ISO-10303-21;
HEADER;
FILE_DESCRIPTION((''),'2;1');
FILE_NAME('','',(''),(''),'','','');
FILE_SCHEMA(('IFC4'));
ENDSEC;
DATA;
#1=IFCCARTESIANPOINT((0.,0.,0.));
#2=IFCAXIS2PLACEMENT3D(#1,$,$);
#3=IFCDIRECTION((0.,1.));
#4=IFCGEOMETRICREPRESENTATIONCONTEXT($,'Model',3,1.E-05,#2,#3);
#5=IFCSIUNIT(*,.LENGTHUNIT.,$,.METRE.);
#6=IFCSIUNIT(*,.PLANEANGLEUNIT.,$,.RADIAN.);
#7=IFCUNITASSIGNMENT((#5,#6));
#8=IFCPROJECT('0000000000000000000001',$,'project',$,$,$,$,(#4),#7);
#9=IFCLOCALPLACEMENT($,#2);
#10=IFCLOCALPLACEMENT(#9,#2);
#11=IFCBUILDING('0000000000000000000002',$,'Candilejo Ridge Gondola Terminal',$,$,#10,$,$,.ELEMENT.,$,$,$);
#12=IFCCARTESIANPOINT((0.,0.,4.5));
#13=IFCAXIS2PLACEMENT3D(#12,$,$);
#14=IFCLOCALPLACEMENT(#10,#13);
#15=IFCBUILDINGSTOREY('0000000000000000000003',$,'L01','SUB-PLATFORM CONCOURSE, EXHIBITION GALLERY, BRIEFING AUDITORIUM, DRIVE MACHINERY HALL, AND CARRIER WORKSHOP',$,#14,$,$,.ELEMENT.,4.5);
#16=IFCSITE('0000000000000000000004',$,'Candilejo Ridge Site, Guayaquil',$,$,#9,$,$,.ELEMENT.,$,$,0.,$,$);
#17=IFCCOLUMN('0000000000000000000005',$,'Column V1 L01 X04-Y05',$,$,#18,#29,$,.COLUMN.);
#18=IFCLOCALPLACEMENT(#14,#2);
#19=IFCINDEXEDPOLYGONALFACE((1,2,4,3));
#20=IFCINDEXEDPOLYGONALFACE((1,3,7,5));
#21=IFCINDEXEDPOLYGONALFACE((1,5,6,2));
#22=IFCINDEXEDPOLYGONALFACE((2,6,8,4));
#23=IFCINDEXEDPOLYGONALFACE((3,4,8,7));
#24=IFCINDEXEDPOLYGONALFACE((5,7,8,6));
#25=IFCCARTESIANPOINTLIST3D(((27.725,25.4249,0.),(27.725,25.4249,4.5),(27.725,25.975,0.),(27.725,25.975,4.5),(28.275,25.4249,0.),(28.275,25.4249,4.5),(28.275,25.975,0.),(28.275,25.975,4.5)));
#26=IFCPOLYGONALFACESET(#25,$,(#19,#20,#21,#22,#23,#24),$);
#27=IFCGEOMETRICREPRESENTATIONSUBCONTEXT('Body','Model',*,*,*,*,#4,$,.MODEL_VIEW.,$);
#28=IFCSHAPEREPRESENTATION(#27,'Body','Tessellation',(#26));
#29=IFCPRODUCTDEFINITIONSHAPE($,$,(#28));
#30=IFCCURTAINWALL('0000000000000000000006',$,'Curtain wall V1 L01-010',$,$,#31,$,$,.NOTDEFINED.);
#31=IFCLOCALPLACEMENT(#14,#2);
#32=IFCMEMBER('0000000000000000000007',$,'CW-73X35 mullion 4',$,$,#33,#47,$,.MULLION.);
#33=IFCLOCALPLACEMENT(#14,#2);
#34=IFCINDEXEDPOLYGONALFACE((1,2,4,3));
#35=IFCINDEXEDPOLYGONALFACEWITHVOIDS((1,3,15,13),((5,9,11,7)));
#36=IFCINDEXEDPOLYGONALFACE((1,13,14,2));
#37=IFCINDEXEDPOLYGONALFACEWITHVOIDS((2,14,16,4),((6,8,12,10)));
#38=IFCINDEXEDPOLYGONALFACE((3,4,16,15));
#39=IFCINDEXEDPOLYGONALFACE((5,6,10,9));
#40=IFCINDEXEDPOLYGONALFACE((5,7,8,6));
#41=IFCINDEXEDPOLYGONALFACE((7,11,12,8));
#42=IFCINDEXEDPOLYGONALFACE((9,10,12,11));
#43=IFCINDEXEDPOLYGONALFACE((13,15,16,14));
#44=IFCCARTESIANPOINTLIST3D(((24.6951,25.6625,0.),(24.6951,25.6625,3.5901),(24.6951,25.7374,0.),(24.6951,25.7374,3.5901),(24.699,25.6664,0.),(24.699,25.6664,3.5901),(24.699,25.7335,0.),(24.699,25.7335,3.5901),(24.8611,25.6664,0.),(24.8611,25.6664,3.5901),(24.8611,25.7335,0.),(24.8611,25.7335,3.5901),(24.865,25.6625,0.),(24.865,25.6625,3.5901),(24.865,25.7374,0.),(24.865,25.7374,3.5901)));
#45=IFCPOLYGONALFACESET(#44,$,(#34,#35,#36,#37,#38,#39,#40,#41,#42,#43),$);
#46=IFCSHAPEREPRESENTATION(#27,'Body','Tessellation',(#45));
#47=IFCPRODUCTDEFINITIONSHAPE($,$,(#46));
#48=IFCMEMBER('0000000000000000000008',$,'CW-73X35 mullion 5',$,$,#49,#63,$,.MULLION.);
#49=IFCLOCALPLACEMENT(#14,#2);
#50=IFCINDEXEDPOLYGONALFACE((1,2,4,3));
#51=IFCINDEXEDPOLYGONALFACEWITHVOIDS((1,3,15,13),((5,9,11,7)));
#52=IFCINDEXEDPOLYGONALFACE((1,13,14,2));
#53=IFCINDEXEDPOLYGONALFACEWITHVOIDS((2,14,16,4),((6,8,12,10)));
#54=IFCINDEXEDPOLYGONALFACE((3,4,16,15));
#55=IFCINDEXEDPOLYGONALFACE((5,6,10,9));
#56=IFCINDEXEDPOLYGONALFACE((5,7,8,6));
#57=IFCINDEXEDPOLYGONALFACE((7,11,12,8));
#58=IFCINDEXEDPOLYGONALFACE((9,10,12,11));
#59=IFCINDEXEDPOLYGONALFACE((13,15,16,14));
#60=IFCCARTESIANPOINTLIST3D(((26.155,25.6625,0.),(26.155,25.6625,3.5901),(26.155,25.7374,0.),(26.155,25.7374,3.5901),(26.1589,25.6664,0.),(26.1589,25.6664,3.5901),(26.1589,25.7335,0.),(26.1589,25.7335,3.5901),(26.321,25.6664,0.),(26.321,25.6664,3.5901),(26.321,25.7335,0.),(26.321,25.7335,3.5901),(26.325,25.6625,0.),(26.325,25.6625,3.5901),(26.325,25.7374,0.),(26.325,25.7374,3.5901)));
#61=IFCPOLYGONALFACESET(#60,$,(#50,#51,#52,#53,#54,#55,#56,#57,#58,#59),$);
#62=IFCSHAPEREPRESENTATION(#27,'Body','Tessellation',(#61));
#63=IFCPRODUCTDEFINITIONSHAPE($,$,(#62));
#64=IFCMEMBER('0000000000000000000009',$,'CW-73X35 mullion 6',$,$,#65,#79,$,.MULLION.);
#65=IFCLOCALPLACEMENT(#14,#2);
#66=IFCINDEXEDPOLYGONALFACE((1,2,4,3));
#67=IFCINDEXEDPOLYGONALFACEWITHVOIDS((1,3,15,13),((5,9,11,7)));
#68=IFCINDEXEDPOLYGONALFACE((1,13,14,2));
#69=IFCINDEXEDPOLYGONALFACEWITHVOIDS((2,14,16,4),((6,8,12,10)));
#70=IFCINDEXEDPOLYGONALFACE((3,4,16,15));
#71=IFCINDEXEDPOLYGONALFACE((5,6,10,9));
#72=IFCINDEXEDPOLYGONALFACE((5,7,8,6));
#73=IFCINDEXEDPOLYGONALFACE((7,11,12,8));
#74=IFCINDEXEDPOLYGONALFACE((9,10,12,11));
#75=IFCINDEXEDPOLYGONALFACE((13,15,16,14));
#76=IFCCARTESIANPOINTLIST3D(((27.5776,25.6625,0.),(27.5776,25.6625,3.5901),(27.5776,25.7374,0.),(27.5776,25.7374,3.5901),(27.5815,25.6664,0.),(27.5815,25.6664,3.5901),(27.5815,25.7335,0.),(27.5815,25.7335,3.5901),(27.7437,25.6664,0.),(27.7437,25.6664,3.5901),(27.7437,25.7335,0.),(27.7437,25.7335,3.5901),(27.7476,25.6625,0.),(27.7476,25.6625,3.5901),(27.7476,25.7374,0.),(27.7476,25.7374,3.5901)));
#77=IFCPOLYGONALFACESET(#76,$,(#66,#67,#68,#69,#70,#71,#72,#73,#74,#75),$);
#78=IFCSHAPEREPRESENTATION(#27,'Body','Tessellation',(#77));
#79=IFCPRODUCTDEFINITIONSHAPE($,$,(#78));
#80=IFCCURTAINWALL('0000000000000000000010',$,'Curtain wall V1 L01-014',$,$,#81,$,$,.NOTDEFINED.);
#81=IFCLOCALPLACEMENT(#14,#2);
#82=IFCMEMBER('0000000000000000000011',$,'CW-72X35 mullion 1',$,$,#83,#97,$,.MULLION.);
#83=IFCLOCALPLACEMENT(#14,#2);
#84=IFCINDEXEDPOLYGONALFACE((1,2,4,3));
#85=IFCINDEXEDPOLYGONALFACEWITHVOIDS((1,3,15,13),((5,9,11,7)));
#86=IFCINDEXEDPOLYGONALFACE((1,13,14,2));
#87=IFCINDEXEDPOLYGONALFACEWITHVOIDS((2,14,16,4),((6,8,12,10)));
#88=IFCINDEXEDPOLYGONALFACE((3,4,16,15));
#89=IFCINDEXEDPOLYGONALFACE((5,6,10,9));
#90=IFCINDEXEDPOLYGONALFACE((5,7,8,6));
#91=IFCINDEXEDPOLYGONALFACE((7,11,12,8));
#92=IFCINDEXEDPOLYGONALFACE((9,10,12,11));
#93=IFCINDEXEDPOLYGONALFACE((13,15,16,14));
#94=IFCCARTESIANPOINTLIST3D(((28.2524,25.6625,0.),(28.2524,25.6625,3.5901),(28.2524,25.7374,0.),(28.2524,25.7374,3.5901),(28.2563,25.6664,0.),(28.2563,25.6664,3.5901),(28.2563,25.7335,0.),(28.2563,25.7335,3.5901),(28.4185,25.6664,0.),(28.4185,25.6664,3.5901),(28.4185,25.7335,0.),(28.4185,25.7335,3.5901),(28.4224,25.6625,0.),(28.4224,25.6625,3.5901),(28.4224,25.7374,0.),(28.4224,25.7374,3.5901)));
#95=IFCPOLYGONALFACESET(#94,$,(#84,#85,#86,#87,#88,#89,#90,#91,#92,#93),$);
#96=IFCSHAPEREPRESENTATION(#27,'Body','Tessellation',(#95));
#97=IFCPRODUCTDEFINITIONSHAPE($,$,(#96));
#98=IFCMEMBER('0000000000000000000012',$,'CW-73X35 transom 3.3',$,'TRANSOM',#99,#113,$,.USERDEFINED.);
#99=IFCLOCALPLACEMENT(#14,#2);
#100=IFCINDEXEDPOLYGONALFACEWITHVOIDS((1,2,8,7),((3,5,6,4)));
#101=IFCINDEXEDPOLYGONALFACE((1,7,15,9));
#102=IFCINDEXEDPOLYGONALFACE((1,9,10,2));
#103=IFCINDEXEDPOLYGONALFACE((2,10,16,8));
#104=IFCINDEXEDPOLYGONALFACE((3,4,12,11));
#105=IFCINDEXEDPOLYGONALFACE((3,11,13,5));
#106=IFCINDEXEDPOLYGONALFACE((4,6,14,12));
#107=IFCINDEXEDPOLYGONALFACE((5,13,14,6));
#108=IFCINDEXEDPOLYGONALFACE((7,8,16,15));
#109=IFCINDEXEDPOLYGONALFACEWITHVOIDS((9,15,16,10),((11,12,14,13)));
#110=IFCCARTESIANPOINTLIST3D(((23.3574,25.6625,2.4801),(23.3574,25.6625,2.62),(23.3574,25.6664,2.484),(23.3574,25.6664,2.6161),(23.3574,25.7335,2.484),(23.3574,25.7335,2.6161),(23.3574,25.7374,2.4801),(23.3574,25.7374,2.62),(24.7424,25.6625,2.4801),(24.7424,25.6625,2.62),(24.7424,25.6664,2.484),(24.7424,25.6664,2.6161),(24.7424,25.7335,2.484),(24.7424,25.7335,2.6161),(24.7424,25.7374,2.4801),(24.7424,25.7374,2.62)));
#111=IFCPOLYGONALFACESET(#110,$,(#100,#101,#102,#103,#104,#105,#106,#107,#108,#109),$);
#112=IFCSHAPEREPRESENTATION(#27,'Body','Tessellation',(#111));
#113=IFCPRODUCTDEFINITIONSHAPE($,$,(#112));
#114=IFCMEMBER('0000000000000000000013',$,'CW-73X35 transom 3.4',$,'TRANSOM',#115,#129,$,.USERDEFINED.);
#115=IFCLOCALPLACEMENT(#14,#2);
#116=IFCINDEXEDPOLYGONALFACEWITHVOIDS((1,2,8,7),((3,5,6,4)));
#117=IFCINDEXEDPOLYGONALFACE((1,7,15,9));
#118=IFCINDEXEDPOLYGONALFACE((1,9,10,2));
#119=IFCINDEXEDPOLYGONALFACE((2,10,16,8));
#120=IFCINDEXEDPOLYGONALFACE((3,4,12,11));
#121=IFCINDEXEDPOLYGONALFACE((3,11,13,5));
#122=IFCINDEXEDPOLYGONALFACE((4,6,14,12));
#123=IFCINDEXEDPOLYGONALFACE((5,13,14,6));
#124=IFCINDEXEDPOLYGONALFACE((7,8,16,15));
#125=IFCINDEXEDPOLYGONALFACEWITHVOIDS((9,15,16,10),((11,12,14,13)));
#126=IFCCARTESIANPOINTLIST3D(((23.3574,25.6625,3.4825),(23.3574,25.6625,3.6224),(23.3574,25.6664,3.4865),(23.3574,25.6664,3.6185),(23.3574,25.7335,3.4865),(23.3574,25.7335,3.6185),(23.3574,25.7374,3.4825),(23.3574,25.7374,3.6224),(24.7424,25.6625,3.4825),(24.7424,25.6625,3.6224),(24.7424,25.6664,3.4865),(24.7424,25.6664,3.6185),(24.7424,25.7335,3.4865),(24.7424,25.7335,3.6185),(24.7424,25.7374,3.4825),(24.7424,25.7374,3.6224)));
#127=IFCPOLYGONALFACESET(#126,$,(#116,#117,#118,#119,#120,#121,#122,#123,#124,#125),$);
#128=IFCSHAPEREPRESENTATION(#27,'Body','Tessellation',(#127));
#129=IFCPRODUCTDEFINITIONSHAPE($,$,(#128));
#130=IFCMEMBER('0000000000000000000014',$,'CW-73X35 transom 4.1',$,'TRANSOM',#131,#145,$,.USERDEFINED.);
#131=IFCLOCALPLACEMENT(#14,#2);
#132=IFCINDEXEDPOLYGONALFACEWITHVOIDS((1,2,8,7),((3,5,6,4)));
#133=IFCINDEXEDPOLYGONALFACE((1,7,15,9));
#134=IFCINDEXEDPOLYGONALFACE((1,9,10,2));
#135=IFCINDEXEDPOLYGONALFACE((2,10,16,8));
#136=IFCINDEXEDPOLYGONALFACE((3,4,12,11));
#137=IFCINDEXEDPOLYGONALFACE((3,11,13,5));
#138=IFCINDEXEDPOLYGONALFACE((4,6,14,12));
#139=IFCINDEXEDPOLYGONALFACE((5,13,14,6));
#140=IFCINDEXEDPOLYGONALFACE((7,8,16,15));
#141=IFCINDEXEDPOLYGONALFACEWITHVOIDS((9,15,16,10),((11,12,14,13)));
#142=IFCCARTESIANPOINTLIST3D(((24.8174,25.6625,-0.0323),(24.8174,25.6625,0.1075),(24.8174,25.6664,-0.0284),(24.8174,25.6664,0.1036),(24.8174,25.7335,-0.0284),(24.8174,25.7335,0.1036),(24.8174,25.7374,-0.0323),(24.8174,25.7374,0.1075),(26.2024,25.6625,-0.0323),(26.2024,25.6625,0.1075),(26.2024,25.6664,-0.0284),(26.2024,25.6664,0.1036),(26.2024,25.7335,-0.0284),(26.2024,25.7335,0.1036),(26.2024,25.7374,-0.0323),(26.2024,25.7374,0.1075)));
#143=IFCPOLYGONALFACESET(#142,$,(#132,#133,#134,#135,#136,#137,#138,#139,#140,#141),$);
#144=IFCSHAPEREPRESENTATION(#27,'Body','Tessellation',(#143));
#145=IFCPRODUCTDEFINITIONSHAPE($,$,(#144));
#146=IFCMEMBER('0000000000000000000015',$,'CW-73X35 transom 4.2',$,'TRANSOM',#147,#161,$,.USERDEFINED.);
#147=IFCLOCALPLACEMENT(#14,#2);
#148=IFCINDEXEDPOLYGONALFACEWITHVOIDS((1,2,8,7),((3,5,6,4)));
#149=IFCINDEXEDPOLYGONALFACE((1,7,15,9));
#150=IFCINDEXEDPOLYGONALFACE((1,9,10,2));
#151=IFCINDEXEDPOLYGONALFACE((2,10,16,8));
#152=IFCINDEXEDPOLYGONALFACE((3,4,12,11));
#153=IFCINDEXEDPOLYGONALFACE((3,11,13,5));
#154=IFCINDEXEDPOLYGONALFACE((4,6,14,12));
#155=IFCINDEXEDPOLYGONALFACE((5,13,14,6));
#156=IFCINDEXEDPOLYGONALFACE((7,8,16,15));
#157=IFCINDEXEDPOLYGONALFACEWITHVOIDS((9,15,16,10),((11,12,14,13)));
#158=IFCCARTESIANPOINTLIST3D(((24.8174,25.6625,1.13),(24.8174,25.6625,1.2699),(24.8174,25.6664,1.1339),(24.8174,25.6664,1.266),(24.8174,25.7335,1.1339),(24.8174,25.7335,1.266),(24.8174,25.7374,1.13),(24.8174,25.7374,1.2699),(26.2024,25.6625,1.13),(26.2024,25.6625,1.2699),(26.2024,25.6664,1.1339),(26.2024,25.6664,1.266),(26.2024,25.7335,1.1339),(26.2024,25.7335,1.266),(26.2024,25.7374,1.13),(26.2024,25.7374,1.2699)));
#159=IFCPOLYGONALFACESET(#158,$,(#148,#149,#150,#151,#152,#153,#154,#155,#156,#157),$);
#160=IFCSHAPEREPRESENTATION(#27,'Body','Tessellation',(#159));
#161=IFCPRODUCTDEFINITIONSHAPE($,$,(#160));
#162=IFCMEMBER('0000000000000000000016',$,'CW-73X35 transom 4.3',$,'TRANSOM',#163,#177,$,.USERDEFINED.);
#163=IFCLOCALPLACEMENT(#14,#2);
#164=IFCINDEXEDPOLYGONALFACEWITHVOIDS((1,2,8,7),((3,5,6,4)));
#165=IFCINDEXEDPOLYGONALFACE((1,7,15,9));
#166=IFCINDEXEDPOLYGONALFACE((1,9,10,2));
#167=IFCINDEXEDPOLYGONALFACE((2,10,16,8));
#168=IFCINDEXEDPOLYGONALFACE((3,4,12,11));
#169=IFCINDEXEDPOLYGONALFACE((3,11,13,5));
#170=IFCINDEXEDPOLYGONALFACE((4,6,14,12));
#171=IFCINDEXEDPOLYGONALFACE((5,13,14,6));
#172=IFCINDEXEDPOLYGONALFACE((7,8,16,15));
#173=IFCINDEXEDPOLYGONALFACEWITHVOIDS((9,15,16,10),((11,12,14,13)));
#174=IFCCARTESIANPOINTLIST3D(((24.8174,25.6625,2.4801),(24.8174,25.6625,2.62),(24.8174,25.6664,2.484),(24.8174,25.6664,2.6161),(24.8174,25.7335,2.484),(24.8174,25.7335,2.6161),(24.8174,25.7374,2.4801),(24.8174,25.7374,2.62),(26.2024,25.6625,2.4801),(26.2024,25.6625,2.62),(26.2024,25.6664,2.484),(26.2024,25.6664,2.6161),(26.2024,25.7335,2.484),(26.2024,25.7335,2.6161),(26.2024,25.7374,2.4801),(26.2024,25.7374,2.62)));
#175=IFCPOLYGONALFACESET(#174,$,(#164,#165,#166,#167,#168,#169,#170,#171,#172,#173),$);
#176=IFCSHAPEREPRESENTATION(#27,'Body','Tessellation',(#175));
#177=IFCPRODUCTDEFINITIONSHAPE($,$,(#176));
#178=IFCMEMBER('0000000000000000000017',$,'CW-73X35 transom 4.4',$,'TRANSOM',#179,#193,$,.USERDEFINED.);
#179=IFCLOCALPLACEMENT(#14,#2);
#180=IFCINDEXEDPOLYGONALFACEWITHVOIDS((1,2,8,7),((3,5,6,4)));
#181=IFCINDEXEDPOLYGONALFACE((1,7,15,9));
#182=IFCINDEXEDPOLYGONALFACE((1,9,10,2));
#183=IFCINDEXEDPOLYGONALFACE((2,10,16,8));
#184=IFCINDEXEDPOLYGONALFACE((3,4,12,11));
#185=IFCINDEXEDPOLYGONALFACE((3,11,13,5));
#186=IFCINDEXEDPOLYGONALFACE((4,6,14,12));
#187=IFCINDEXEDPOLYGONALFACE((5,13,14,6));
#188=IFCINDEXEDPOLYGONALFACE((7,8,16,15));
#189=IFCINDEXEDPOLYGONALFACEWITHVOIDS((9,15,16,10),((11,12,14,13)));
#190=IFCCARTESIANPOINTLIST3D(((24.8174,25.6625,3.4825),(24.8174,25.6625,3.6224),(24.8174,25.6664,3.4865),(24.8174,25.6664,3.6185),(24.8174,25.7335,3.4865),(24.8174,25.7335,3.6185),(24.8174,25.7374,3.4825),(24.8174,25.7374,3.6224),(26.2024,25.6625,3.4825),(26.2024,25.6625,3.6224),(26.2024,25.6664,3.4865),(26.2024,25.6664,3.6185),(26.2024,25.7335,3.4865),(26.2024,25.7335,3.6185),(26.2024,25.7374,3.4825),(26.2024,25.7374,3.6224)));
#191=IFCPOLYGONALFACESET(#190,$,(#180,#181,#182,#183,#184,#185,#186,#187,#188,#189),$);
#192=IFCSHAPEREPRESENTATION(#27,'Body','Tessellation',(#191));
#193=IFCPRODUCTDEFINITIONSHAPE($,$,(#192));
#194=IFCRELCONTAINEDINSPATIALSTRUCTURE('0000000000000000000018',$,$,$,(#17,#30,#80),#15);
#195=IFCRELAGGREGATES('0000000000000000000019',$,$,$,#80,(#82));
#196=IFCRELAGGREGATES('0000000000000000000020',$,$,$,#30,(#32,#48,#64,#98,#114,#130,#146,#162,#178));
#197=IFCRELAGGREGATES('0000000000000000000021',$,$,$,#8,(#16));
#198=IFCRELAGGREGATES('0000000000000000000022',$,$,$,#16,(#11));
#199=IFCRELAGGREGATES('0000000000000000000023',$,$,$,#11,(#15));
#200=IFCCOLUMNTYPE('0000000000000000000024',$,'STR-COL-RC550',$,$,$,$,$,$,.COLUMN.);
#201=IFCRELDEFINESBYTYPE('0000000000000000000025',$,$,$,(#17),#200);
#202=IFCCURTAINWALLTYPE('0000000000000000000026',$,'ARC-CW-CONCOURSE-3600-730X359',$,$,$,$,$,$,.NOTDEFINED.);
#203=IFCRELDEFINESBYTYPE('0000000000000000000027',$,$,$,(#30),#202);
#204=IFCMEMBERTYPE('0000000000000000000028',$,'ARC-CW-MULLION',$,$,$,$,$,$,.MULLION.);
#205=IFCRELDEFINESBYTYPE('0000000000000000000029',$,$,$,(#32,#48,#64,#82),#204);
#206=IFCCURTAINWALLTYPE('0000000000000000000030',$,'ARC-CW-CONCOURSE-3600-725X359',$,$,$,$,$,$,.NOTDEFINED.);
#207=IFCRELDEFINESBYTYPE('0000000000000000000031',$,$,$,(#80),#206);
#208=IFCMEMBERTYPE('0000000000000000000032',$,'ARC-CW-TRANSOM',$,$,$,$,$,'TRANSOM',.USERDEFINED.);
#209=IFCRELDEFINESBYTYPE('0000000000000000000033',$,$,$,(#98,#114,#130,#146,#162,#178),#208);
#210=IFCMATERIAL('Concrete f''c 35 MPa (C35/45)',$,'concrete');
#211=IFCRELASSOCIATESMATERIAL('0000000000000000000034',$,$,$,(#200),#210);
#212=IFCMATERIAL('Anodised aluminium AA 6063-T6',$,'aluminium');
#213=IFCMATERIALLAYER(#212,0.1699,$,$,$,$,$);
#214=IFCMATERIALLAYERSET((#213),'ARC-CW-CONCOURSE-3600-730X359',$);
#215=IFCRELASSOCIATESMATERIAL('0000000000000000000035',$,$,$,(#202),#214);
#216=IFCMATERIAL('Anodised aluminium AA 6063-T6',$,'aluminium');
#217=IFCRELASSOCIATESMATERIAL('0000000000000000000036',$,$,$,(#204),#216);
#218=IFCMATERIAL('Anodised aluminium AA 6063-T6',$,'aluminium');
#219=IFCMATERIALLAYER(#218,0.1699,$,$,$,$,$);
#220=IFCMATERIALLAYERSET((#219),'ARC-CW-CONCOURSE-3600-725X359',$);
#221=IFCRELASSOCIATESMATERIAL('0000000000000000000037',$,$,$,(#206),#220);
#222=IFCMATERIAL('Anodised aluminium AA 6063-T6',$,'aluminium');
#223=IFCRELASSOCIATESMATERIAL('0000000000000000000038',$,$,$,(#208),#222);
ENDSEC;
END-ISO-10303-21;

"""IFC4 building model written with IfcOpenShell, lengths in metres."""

from ifc_helpers import new_model, si_unit, direction, frame, origin, origin_2d, place, context, subcontext, project, spatial, rectangle, hollow_rectangle, extrude, material, layer, layer_set, material_profile, profile_set, type_object, element, aggregate, save


model = new_model("IFC4")

# Units and contexts
model_context = context("Model", 3, precision=1e-05, world=origin(), true_north=direction((0.0, 1.0)))
body_context = subcontext(model_context, "Body", "Model", "MODEL_VIEW")
ifc_project = project(units=[si_unit("LENGTHUNIT", "METRE"), si_unit("PLANEANGLEUNIT", "RADIAN")], contexts=[model_context])

# Site, building, storey
site_placement = place(None, origin())
site = spatial("IfcSite", under=ifc_project, at=site_placement, Name="Candilejo Ridge Site, Guayaquil", CompositionType="ELEMENT", RefElevation=0.0)
building_placement = place(site_placement, origin())
building = spatial("IfcBuilding", under=site, at=building_placement, Name="Candilejo Ridge Gondola Terminal", CompositionType="ELEMENT")
storey_placement = place(building_placement, frame((0.0, 0.0, 4.5)))
storey = spatial("IfcBuildingStorey", under=building, at=storey_placement, Name="L01", Description="SUB-PLATFORM CONCOURSE, EXHIBITION GALLERY, BRIEFING AUDITORIUM, DRIVE MACHINERY HALL, AND CARRIER WORKSHOP", CompositionType="ELEMENT", Elevation=4.5)

# Column
ifc_material_1 = material(Name="Concrete f'c 35 MPa (C35/45)", Category="concrete")
ifc_material_profile_1 = material_profile(ifc_material_1, rectangle(XDim=0.55, YDim=0.55, at=origin_2d()))
ifc_profile_set_1 = profile_set([ifc_material_profile_1], Name="Concrete f'c 35 MPa (C35/45)")
column_type = type_object("IfcColumnType", Name="STR-COL-RC550", PredefinedType="COLUMN", material=ifc_profile_set_1)
column_placement = place(storey_placement, frame((28.0, 25.7, 0.0), z_axis=(0.0, 0.0, 1.0), x_axis=(1.0, 0.0, 0.0)))
element("IfcColumn", 1, at=column_placement, inside=storey, type_object=column_type, Name="Column V1 L01 X04-Y05", PredefinedType="COLUMN", context=body_context, shape_type="SweptSolid", body=[
    extrude(rectangle(XDim=0.55, YDim=0.55, at=origin_2d()), origin(), (0.0, 0.0, 1.0), 4.5),
])

# Curtain wall, members
ifc_material_2 = material(Name="Anodised aluminium AA 6063-T6", Category="aluminium")
ifc_layer_1 = layer(ifc_material_2, 0.1699)
ifc_layer_set_1 = layer_set([ifc_layer_1], Name="ARC-CW-CONCOURSE-3600-730X359")
curtain_wall_type_1 = type_object("IfcCurtainWallType", Name="ARC-CW-CONCOURSE-3600-730X359", PredefinedType="NOTDEFINED", material=ifc_layer_set_1)
curtain_wall_1_placement = place(storey_placement, origin())
curtain_wall_1 = element("IfcCurtainWall", 2, at=curtain_wall_1_placement, inside=storey, type_object=curtain_wall_type_1, Name="Curtain wall V1 L01-010", PredefinedType="NOTDEFINED")
ifc_material_3 = material(Name="Anodised aluminium AA 6063-T6", Category="aluminium")
ifc_material_profile_2 = material_profile(ifc_material_3, hollow_rectangle(XDim=0.075, YDim=0.1699, WallThickness=0.0039, at=origin_2d()))
ifc_profile_set_2 = profile_set([ifc_material_profile_2], Name="Anodised aluminium AA 6063-T6")
member_type_1 = type_object("IfcMemberType", Name="ARC-CW-MULLION", PredefinedType="MULLION", material=ifc_profile_set_2)
member_1_placement = place(storey_placement, frame((24.78, 25.7, 0.0), z_axis=(0.0, 0.0, 1.0), x_axis=(0.0, 1.0, 0.0)))
member_1 = element("IfcMember", 3, at=member_1_placement, type_object=member_type_1, Name="CW-73X35 mullion 4", PredefinedType="MULLION", context=body_context, shape_type="SweptSolid", body=[
    extrude(hollow_rectangle(XDim=0.075, YDim=0.1699, WallThickness=0.0039, at=origin_2d()), origin(), (0.0, 0.0, 1.0), 3.5901),
])
member_2_placement = place(storey_placement, frame((26.24, 25.7, 0.0), z_axis=(0.0, 0.0, 1.0), x_axis=(0.0, 1.0, 0.0)))
member_2 = element("IfcMember", 4, at=member_2_placement, type_object=member_type_1, Name="CW-73X35 mullion 5", PredefinedType="MULLION", context=body_context, shape_type="SweptSolid", body=[
    extrude(hollow_rectangle(XDim=0.075, YDim=0.1699, WallThickness=0.0039, at=origin_2d()), origin(), (0.0, 0.0, 1.0), 3.5901),
])
member_3_placement = place(storey_placement, frame((27.6626, 25.7, 0.0), z_axis=(0.0, 0.0, 1.0), x_axis=(0.0, 1.0, 0.0)))
member_3 = element("IfcMember", 5, at=member_3_placement, type_object=member_type_1, Name="CW-73X35 mullion 6", PredefinedType="MULLION", context=body_context, shape_type="SweptSolid", body=[
    extrude(hollow_rectangle(XDim=0.075, YDim=0.1699, WallThickness=0.0039, at=origin_2d()), origin(), (0.0, 0.0, 1.0), 3.5901),
])

# Curtain wall, member
ifc_material_4 = material(Name="Anodised aluminium AA 6063-T6", Category="aluminium")
ifc_layer_2 = layer(ifc_material_4, 0.1699)
ifc_layer_set_2 = layer_set([ifc_layer_2], Name="ARC-CW-CONCOURSE-3600-725X359")
curtain_wall_type_2 = type_object("IfcCurtainWallType", Name="ARC-CW-CONCOURSE-3600-725X359", PredefinedType="NOTDEFINED", material=ifc_layer_set_2)
curtain_wall_2_placement = place(storey_placement, origin())
curtain_wall_2 = element("IfcCurtainWall", 6, at=curtain_wall_2_placement, inside=storey, type_object=curtain_wall_type_2, Name="Curtain wall V1 L01-014", PredefinedType="NOTDEFINED")
member_4_placement = place(storey_placement, frame((28.3374, 25.7, 0.0), z_axis=(0.0, 0.0, 1.0), x_axis=(0.0, 1.0, 0.0)))
member_4 = element("IfcMember", 7, at=member_4_placement, type_object=member_type_1, Name="CW-72X35 mullion 1", PredefinedType="MULLION", context=body_context, shape_type="SweptSolid", body=[
    extrude(hollow_rectangle(XDim=0.075, YDim=0.1699, WallThickness=0.0039, at=origin_2d()), origin(), (0.0, 0.0, 1.0), 3.5901),
])
aggregate(curtain_wall_2, [member_4])

# Members
ifc_material_5 = material(Name="Anodised aluminium AA 6063-T6", Category="aluminium")
ifc_material_profile_3 = material_profile(ifc_material_5, hollow_rectangle(XDim=0.075, YDim=0.1399, WallThickness=0.0039, at=origin_2d()))
ifc_profile_set_3 = profile_set([ifc_material_profile_3], Name="Anodised aluminium AA 6063-T6")
member_type_2 = type_object("IfcMemberType", Name="ARC-CW-TRANSOM", ElementType="TRANSOM", PredefinedType="USERDEFINED", material=ifc_profile_set_3)
member_5_placement = place(storey_placement, frame((23.3574, 25.7, 2.55), z_axis=(1.0, 0.0, 0.0), x_axis=(0.0, 1.0, 0.0)))
member_5 = element("IfcMember", 8, at=member_5_placement, type_object=member_type_2, Name="CW-73X35 transom 3.3", ObjectType="TRANSOM", PredefinedType="USERDEFINED", context=body_context, shape_type="SweptSolid", body=[
    extrude(hollow_rectangle(XDim=0.075, YDim=0.1399, WallThickness=0.0039, at=origin_2d()), origin(), (0.0, 0.0, 1.0), 1.385),
])
member_6_placement = place(storey_placement, frame((23.3574, 25.7, 3.5525), z_axis=(1.0, 0.0, 0.0), x_axis=(0.0, 1.0, 0.0)))
member_6 = element("IfcMember", 9, at=member_6_placement, type_object=member_type_2, Name="CW-73X35 transom 3.4", ObjectType="TRANSOM", PredefinedType="USERDEFINED", context=body_context, shape_type="SweptSolid", body=[
    extrude(hollow_rectangle(XDim=0.075, YDim=0.1399, WallThickness=0.0039, at=origin_2d()), origin(), (0.0, 0.0, 1.0), 1.385),
])
member_7_placement = place(storey_placement, frame((24.8174, 25.7, 0.0376), z_axis=(1.0, 0.0, 0.0), x_axis=(0.0, 1.0, 0.0)))
member_7 = element("IfcMember", 10, at=member_7_placement, type_object=member_type_2, Name="CW-73X35 transom 4.1", ObjectType="TRANSOM", PredefinedType="USERDEFINED", context=body_context, shape_type="SweptSolid", body=[
    extrude(hollow_rectangle(XDim=0.075, YDim=0.1399, WallThickness=0.0039, at=origin_2d()), origin(), (0.0, 0.0, 1.0), 1.385),
])
member_8_placement = place(storey_placement, frame((24.8174, 25.7, 1.2), z_axis=(1.0, 0.0, 0.0), x_axis=(0.0, 1.0, 0.0)))
member_8 = element("IfcMember", 11, at=member_8_placement, type_object=member_type_2, Name="CW-73X35 transom 4.2", ObjectType="TRANSOM", PredefinedType="USERDEFINED", context=body_context, shape_type="SweptSolid", body=[
    extrude(hollow_rectangle(XDim=0.075, YDim=0.1399, WallThickness=0.0039, at=origin_2d()), origin(), (0.0, 0.0, 1.0), 1.385),
])
member_9_placement = place(storey_placement, frame((24.8174, 25.7, 2.55), z_axis=(1.0, 0.0, 0.0), x_axis=(0.0, 1.0, 0.0)))
member_9 = element("IfcMember", 12, at=member_9_placement, type_object=member_type_2, Name="CW-73X35 transom 4.3", ObjectType="TRANSOM", PredefinedType="USERDEFINED", context=body_context, shape_type="SweptSolid", body=[
    extrude(hollow_rectangle(XDim=0.075, YDim=0.1399, WallThickness=0.0039, at=origin_2d()), origin(), (0.0, 0.0, 1.0), 1.385),
])
member_10_placement = place(storey_placement, frame((24.8174, 25.7, 3.5525), z_axis=(1.0, 0.0, 0.0), x_axis=(0.0, 1.0, 0.0)))
member_10 = element("IfcMember", 13, at=member_10_placement, type_object=member_type_2, Name="CW-73X35 transom 4.4", ObjectType="TRANSOM", PredefinedType="USERDEFINED", context=body_context, shape_type="SweptSolid", body=[
    extrude(hollow_rectangle(XDim=0.075, YDim=0.1399, WallThickness=0.0039, at=origin_2d()), origin(), (0.0, 0.0, 1.0), 1.385),
])

aggregate(curtain_wall_1, [member_1, member_2, member_3, member_5, member_6, member_7, member_8, member_9, member_10])

save(model, "model.ifc")
